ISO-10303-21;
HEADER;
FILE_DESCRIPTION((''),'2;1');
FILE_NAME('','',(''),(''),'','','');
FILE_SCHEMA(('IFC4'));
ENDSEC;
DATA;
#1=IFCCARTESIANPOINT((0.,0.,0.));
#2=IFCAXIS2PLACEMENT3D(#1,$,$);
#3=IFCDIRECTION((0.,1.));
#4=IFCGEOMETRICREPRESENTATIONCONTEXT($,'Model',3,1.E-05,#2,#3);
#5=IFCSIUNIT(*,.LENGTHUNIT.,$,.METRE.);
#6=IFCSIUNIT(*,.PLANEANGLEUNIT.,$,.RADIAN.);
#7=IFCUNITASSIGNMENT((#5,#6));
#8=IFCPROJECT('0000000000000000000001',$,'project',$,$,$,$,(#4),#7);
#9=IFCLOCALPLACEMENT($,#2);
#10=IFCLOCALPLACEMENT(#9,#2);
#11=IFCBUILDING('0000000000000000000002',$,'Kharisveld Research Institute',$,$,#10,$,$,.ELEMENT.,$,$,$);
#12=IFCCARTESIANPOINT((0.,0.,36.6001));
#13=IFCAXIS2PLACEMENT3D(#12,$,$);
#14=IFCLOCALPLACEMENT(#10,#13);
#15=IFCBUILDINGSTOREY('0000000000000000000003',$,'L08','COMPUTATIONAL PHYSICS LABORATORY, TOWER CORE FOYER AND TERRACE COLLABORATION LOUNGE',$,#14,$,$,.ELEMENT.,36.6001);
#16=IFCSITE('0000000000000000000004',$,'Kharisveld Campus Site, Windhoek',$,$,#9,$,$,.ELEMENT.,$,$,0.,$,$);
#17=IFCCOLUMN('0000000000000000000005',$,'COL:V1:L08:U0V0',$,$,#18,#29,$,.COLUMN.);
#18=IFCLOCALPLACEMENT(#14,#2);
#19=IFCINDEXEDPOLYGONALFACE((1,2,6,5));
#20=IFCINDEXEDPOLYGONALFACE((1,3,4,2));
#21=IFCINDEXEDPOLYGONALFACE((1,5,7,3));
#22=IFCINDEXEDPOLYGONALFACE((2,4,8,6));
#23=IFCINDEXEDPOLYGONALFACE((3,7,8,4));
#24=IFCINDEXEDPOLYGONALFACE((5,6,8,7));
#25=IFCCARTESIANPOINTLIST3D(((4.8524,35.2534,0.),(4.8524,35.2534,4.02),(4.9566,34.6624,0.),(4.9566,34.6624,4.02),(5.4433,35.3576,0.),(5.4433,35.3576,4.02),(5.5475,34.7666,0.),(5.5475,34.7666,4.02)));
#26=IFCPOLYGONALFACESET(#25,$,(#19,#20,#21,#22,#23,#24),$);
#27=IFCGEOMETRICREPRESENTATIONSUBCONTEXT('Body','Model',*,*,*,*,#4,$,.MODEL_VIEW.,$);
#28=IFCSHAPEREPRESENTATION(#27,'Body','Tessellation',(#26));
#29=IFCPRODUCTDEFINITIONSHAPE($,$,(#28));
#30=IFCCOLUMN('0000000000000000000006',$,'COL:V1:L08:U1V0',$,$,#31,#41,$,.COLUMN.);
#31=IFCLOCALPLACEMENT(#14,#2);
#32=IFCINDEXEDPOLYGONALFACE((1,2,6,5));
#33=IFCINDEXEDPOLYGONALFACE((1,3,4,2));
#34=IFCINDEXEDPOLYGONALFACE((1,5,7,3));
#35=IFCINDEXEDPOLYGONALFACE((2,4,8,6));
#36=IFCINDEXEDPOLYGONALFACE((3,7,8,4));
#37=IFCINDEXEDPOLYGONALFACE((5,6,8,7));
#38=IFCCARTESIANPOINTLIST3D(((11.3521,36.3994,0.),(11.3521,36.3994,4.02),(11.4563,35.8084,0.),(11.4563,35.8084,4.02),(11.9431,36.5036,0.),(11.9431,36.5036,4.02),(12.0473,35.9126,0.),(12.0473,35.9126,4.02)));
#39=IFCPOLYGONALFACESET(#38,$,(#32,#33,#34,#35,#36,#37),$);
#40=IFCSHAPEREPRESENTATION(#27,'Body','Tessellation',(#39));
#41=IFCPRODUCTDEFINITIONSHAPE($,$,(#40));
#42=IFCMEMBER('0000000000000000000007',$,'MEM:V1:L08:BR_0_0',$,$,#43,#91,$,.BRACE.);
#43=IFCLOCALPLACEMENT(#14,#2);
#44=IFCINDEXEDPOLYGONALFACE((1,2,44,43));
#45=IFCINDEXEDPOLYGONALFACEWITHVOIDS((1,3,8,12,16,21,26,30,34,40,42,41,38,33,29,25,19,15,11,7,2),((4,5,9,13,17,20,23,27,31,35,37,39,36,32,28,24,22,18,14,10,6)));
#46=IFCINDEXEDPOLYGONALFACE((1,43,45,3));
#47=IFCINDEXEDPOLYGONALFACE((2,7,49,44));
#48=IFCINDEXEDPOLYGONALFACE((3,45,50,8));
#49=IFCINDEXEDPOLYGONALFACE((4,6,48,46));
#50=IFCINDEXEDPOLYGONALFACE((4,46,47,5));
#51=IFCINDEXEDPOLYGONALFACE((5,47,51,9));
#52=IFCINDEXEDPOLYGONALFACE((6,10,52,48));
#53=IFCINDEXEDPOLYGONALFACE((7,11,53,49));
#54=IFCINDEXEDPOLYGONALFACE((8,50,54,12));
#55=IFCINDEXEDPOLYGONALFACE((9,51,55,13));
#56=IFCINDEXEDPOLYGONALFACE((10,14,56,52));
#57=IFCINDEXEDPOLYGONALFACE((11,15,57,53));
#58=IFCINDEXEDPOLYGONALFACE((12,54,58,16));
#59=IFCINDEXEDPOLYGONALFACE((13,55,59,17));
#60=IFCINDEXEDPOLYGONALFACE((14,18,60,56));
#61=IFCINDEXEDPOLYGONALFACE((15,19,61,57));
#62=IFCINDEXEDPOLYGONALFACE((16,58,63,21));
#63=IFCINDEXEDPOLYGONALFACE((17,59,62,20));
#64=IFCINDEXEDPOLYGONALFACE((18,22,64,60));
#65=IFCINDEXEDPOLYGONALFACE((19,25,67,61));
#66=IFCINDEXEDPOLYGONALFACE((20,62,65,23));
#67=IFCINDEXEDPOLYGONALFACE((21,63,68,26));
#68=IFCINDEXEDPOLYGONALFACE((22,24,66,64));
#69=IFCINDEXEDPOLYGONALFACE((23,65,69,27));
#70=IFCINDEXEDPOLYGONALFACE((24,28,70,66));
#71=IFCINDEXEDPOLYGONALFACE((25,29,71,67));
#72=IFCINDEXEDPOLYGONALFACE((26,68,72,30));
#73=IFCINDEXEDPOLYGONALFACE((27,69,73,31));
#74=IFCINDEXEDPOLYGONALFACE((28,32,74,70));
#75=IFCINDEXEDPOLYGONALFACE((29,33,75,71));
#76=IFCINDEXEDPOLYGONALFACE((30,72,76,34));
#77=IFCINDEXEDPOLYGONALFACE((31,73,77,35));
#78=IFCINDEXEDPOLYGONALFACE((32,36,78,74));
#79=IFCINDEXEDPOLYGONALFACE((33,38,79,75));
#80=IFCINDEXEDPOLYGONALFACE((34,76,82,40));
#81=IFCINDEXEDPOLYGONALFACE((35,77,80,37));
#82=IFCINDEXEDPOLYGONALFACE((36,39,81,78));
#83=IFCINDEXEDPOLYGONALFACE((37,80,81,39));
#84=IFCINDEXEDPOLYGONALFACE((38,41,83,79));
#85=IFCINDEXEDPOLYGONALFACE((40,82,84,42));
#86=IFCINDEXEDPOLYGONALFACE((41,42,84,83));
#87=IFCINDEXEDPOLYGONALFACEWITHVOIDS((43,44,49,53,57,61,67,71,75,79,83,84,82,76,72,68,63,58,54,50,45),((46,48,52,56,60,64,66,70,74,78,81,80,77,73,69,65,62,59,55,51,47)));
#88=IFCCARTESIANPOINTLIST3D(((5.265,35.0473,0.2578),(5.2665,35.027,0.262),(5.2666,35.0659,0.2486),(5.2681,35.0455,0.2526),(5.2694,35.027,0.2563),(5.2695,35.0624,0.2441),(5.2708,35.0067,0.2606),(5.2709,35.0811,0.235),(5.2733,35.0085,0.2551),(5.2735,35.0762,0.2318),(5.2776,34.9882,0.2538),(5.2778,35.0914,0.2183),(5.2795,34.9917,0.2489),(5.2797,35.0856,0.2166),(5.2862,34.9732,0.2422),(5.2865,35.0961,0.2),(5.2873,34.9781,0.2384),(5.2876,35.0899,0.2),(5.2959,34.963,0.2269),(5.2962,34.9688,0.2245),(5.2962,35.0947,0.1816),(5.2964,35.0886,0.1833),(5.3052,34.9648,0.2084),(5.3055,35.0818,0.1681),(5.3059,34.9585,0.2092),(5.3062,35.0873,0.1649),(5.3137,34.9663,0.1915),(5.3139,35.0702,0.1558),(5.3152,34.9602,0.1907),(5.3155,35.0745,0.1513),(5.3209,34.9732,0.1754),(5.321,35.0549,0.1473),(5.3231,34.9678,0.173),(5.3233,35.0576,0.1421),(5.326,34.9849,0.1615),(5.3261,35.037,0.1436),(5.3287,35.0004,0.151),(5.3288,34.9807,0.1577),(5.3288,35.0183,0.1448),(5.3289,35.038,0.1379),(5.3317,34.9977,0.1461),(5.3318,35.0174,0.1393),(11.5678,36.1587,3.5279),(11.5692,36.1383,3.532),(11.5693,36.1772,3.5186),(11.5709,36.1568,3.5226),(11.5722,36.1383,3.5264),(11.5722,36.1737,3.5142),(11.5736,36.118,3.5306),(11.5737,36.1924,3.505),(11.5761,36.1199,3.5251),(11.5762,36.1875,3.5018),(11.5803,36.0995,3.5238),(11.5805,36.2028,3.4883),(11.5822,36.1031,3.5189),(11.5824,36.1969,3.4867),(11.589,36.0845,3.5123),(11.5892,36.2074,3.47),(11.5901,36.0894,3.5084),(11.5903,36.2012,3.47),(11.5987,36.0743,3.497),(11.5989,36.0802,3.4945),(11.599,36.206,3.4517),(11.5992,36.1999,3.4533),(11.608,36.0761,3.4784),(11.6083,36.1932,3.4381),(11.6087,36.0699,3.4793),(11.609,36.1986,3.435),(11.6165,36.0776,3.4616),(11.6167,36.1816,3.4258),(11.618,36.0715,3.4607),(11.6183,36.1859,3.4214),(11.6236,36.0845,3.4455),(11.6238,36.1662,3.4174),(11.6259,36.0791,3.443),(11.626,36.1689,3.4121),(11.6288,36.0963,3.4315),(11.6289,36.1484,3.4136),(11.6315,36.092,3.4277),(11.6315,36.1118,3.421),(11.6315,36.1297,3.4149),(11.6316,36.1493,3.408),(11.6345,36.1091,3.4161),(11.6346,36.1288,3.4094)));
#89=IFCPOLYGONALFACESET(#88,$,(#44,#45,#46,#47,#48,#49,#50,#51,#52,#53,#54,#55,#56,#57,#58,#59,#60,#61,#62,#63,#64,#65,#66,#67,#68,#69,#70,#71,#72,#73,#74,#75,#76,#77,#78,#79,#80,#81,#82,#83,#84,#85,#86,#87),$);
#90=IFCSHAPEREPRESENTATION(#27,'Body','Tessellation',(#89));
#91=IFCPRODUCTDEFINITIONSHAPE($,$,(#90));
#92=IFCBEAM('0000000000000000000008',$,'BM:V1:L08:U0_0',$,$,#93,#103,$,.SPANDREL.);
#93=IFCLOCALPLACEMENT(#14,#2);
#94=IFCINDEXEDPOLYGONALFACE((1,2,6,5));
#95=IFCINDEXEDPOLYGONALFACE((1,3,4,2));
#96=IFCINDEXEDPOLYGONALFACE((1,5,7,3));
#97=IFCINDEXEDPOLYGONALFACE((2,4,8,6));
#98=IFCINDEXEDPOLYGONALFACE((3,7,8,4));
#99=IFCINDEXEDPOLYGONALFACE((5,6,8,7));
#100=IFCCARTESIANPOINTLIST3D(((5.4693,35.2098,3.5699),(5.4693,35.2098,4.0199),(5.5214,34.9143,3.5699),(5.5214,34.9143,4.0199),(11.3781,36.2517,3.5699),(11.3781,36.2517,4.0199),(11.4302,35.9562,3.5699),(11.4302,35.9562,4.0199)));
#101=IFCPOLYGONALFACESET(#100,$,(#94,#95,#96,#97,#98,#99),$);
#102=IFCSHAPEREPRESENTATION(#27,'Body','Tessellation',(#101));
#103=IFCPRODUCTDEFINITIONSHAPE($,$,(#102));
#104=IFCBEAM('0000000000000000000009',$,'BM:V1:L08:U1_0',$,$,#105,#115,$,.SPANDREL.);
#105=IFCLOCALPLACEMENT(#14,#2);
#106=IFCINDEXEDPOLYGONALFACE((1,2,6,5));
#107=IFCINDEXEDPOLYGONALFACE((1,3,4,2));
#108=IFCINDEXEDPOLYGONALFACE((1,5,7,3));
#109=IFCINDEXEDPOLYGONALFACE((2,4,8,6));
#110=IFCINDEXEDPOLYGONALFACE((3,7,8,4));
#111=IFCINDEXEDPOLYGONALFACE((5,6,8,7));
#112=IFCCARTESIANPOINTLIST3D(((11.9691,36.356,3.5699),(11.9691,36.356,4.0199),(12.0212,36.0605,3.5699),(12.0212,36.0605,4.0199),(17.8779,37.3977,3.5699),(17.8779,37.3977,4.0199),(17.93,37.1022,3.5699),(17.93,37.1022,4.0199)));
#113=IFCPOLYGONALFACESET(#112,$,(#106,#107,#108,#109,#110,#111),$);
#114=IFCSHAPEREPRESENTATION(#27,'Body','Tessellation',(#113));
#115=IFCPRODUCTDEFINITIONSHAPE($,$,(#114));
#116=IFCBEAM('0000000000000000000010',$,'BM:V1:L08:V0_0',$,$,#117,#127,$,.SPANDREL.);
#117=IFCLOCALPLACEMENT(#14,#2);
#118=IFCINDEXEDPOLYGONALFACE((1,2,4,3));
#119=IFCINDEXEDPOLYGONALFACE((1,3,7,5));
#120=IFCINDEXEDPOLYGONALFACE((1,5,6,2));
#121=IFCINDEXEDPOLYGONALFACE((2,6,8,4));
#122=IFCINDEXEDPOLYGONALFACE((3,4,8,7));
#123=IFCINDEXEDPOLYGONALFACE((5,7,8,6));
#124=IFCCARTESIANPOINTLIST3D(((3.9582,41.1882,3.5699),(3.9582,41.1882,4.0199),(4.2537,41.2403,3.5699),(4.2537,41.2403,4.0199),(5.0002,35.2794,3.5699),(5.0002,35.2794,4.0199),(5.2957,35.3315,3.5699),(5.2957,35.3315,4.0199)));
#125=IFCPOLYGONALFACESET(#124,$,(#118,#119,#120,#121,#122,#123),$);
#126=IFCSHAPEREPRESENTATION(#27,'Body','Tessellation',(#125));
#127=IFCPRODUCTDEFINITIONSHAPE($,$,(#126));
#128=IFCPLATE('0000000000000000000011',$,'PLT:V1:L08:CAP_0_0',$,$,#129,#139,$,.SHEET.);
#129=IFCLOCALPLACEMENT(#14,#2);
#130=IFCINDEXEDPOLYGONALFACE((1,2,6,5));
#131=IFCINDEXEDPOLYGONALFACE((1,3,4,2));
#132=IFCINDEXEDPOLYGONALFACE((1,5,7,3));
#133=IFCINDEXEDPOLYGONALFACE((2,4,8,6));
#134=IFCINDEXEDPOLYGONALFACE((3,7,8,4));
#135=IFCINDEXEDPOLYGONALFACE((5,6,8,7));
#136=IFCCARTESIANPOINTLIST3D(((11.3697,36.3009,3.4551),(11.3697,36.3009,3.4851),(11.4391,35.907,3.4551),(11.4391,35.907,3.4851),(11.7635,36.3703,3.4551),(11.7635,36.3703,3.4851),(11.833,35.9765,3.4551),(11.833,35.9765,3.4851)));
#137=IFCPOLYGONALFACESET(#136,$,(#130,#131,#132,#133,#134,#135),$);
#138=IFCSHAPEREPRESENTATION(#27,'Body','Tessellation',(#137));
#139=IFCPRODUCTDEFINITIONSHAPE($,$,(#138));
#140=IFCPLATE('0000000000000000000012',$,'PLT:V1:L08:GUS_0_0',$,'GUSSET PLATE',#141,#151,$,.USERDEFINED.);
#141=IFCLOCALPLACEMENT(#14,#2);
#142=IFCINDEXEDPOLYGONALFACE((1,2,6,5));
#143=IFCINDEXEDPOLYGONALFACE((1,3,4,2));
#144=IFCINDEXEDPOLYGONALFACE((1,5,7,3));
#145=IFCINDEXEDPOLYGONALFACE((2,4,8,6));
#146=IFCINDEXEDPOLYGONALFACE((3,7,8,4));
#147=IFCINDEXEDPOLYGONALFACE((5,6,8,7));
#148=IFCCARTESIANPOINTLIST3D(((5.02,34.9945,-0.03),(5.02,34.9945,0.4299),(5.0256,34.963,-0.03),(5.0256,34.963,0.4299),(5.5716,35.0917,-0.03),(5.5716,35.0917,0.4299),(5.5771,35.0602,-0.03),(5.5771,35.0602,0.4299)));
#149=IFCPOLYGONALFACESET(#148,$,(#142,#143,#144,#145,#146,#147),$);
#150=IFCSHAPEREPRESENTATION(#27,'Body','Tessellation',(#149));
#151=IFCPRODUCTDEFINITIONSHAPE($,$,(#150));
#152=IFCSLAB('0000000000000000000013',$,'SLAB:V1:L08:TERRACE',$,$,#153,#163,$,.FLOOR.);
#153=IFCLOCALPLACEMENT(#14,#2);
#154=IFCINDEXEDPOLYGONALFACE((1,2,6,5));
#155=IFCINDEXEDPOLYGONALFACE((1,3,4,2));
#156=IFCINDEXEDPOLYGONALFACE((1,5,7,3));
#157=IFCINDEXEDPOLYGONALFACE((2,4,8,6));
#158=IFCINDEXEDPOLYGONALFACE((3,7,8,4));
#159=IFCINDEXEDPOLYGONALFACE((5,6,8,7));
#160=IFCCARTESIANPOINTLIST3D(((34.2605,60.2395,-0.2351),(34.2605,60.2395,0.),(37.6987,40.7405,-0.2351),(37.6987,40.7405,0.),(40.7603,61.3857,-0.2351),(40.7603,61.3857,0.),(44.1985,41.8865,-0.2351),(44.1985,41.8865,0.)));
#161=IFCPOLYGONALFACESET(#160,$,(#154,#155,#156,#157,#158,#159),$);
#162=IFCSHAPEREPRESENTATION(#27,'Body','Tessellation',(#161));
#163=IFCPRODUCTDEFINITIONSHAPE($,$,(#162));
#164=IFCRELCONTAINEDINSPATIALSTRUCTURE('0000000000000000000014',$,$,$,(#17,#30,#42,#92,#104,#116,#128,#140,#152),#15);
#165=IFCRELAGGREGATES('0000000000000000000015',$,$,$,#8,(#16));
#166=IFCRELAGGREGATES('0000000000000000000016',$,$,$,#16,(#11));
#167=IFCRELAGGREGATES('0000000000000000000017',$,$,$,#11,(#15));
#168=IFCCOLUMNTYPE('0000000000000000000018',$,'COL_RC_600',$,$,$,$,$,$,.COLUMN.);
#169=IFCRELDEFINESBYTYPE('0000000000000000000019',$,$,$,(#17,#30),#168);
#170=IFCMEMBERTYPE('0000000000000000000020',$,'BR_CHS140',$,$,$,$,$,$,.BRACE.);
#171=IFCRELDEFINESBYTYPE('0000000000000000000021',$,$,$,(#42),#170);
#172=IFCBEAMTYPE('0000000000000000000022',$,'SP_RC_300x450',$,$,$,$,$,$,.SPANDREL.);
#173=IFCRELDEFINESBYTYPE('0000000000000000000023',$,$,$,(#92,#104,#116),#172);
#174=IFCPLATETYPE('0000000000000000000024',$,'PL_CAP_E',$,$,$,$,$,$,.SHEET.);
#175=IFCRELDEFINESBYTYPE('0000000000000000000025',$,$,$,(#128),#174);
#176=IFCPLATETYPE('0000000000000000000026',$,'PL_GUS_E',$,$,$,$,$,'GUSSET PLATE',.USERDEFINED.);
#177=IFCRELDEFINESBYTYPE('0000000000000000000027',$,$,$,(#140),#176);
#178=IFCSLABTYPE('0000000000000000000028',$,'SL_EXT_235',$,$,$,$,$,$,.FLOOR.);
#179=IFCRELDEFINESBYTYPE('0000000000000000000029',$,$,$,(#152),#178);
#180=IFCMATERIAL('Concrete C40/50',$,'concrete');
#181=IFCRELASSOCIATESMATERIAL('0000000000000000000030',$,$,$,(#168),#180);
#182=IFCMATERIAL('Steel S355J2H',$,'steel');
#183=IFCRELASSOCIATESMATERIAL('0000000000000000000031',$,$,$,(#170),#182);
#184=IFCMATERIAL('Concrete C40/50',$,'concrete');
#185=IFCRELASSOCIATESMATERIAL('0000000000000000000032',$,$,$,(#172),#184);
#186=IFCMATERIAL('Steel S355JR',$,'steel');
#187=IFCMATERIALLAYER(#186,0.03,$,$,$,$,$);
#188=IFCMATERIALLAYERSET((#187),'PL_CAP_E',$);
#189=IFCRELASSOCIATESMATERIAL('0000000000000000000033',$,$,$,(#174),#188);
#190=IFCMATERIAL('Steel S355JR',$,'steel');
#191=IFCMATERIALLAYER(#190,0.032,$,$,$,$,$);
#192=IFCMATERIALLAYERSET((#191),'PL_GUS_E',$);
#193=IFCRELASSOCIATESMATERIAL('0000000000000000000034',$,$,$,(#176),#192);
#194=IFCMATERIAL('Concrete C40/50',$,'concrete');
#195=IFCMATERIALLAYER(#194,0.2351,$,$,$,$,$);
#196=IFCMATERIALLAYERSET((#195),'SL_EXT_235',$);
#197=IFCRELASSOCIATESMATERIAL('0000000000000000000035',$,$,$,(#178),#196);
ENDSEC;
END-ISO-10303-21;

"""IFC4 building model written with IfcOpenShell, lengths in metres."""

from ifc_helpers import new_model, si_unit, direction, frame, origin, origin_2d, place, context, subcontext, project, spatial, polyline, rectangle, hollow_circle, outline, extrude, material, layer, layer_set, material_profile, profile_set, type_object, element, save


model = new_model("IFC4")

# Units and contexts
model_context = context("Model", 3, precision=1e-05, world=origin(), true_north=direction((0.0, 1.0)))
body_context = subcontext(model_context, "Body", "Model", "MODEL_VIEW")
ifc_project = project(units=[si_unit("LENGTHUNIT", "METRE"), si_unit("PLANEANGLEUNIT", "RADIAN")], contexts=[model_context])

# Site, building, storey
site_placement = place(None, origin())
site = spatial("IfcSite", under=ifc_project, at=site_placement, Name="Kharisveld Campus Site, Windhoek", CompositionType="ELEMENT", RefElevation=0.0)
building_placement = place(site_placement, origin())
building = spatial("IfcBuilding", under=site, at=building_placement, Name="Kharisveld Research Institute", CompositionType="ELEMENT")
storey_placement = place(building_placement, frame((0.0, 0.0, 36.6001)))
storey = spatial("IfcBuildingStorey", under=building, at=storey_placement, Name="L08", Description="COMPUTATIONAL PHYSICS LABORATORY, TOWER CORE FOYER AND TERRACE COLLABORATION LOUNGE", CompositionType="ELEMENT", Elevation=36.6001)

# Columns
ifc_material_1 = material(Name="Concrete C40/50", Category="concrete")
ifc_material_profile_1 = material_profile(ifc_material_1, rectangle(XDim=0.6001, YDim=0.6001, at=origin_2d()))
ifc_profile_set_1 = profile_set([ifc_material_profile_1], Name="Concrete C40/50")
column_type = type_object("IfcColumnType", Name="COL_RC_600", PredefinedType="COLUMN", material=ifc_profile_set_1)
for number, where, z_axis, x_axis, name in (
    (1, (5.2, 35.01, 0.0), (0.0, 0.0, 1.0), (0.984808, 0.173648, 0.0), "COL:V1:L08:U0V0"),
    (2, (11.6997, 36.156, 0.0), (0.0, 0.0, 1.0), (0.984808, 0.173648, 0.0), "COL:V1:L08:U1V0"),
):
    element("IfcColumn", number, at=place(storey_placement, frame(where, z_axis=z_axis, x_axis=x_axis)), inside=storey, type_object=column_type, Name=name, PredefinedType="COLUMN", context=body_context, shape_type="SweptSolid", body=[
        extrude(rectangle(XDim=0.6001, YDim=0.6001, at=origin_2d()), origin(), (0.0, 0.0, 1.0), 4.02),
    ])

# Member
ifc_material_2 = material(Name="Steel S355J2H", Category="steel")
ifc_material_profile_2 = material_profile(ifc_material_2, hollow_circle(Radius=0.0698, WallThickness=0.0063, at=origin_2d()))
ifc_profile_set_2 = profile_set([ifc_material_profile_2], Name="Steel S355J2H")
member_type = type_object("IfcMemberType", Name="BR_CHS140", PredefinedType="BRACE", material=ifc_profile_set_2)
member_placement = place(storey_placement, frame((5.2986, 35.0273, 0.2), z_axis=(0.876967, 0.154631, 0.454993), x_axis=(-0.173646, 0.984808, 0.0)))
element("IfcMember", 3, at=member_placement, inside=storey, type_object=member_type, Name="MEM:V1:L08:BR_0_0", PredefinedType="BRACE", context=body_context, shape_type="SweptSolid", body=[
    extrude(hollow_circle(Radius=0.0698, WallThickness=0.0063, at=origin_2d()), origin(), (0.0, 0.0, 1.0), 7.187),
])

# Beams
ifc_material_3 = material(Name="Concrete C40/50", Category="concrete")
ifc_material_profile_3 = material_profile(ifc_material_3, rectangle(XDim=0.3, YDim=0.45, at=origin_2d()))
ifc_profile_set_3 = profile_set([ifc_material_profile_3], Name="Concrete C40/50")
beam_type = type_object("IfcBeamType", Name="SP_RC_300x450", PredefinedType="SPANDREL", material=ifc_profile_set_3)
for number, where, z_axis, x_axis, name in (
    (4, (5.4954, 35.062, 3.7949), (0.984805, 0.173662, 0.0), (-0.173662, 0.984805, 0.0), "BM:V1:L08:U0_0"),
    (5, (11.9951, 36.2083, 3.7949), (0.984812, 0.173623, 0.0), (-0.173623, 0.984812, 0.0), "BM:V1:L08:U1_0"),
    (6, (5.1479, 35.3054, 3.7949), (-0.173662, 0.984805, 0.0), (-0.984805, -0.173662, 0.0), "BM:V1:L08:V0_0"),
):
    element("IfcBeam", number, at=place(storey_placement, frame(where, z_axis=z_axis, x_axis=x_axis)), inside=storey, type_object=beam_type, Name=name, PredefinedType="SPANDREL", context=body_context, shape_type="SweptSolid", body=[
        extrude(rectangle(XDim=0.3, YDim=0.45, at=origin_2d()), origin(), (0.0, 0.0, 1.0), 6.0),
    ])

# Plates
ifc_material_4 = material(Name="Steel S355JR", Category="steel")
ifc_layer_1 = layer(ifc_material_4, 0.03)
ifc_layer_set_1 = layer_set([ifc_layer_1], Name="PL_CAP_E")
plate_type_1 = type_object("IfcPlateType", Name="PL_CAP_E", PredefinedType="SHEET", material=ifc_layer_set_1)
plate_1_placement = place(storey_placement, frame((11.6013, 36.1387, 3.4551), z_axis=(0.0, 0.0, 1.0), x_axis=(0.984808, 0.173648, 0.0)))
element("IfcPlate", 7, at=plate_1_placement, inside=storey, type_object=plate_type_1, Name="PLT:V1:L08:CAP_0_0", PredefinedType="SHEET", context=body_context, shape_type="SweptSolid", body=[
    extrude(rectangle(XDim=0.3999, YDim=0.3999, at=origin_2d()), origin(), (0.0, 0.0, 1.0), 0.03),
])
ifc_material_5 = material(Name="Steel S355JR", Category="steel")
ifc_layer_2 = layer(ifc_material_5, 0.032)
ifc_layer_set_2 = layer_set([ifc_layer_2], Name="PL_GUS_E")
plate_type_2 = type_object("IfcPlateType", Name="PL_GUS_E", ElementType="GUSSET PLATE", PredefinedType="USERDEFINED", material=ifc_layer_set_2)
plate_2_placement = place(storey_placement, frame((5.2986, 35.0273, -0.03), z_axis=(0.0, 0.0, 1.0), x_axis=(0.984808, 0.173648, 0.0)))
element("IfcPlate", 8, at=plate_2_placement, inside=storey, type_object=plate_type_2, Name="PLT:V1:L08:GUS_0_0", ObjectType="GUSSET PLATE", PredefinedType="USERDEFINED", context=body_context, shape_type="SweptSolid", body=[
    extrude(rectangle(XDim=0.5601, YDim=0.032, at=origin_2d()), origin(), (0.0, 0.0, 1.0), 0.46),
])

# Slab
ifc_material_6 = material(Name="Concrete C40/50", Category="concrete")
ifc_layer_3 = layer(ifc_material_6, 0.2351)
ifc_layer_set_3 = layer_set([ifc_layer_3], Name="SL_EXT_235")
slab_type_1 = type_object("IfcSlabType", Name="SL_EXT_235", PredefinedType="FLOOR", material=ifc_layer_set_3)
slab_1_placement = place(storey_placement, frame((0.0, 0.0, -0.2351)))
element("IfcSlab", 9, at=slab_1_placement, inside=storey, type_object=slab_type_1, Name="SLAB:V1:L08:TERRACE", PredefinedType="FLOOR", context=body_context, shape_type="SweptSolid", body=[
    extrude(outline(polyline([(37.6987, 40.7405), (44.1985, 41.8865), (40.7603, 61.3857), (34.2605, 60.2395), (37.6987, 40.7405)])), origin(), (0.0, 0.0, 1.0), 0.2351),
])

save(model, "model.ifc")
